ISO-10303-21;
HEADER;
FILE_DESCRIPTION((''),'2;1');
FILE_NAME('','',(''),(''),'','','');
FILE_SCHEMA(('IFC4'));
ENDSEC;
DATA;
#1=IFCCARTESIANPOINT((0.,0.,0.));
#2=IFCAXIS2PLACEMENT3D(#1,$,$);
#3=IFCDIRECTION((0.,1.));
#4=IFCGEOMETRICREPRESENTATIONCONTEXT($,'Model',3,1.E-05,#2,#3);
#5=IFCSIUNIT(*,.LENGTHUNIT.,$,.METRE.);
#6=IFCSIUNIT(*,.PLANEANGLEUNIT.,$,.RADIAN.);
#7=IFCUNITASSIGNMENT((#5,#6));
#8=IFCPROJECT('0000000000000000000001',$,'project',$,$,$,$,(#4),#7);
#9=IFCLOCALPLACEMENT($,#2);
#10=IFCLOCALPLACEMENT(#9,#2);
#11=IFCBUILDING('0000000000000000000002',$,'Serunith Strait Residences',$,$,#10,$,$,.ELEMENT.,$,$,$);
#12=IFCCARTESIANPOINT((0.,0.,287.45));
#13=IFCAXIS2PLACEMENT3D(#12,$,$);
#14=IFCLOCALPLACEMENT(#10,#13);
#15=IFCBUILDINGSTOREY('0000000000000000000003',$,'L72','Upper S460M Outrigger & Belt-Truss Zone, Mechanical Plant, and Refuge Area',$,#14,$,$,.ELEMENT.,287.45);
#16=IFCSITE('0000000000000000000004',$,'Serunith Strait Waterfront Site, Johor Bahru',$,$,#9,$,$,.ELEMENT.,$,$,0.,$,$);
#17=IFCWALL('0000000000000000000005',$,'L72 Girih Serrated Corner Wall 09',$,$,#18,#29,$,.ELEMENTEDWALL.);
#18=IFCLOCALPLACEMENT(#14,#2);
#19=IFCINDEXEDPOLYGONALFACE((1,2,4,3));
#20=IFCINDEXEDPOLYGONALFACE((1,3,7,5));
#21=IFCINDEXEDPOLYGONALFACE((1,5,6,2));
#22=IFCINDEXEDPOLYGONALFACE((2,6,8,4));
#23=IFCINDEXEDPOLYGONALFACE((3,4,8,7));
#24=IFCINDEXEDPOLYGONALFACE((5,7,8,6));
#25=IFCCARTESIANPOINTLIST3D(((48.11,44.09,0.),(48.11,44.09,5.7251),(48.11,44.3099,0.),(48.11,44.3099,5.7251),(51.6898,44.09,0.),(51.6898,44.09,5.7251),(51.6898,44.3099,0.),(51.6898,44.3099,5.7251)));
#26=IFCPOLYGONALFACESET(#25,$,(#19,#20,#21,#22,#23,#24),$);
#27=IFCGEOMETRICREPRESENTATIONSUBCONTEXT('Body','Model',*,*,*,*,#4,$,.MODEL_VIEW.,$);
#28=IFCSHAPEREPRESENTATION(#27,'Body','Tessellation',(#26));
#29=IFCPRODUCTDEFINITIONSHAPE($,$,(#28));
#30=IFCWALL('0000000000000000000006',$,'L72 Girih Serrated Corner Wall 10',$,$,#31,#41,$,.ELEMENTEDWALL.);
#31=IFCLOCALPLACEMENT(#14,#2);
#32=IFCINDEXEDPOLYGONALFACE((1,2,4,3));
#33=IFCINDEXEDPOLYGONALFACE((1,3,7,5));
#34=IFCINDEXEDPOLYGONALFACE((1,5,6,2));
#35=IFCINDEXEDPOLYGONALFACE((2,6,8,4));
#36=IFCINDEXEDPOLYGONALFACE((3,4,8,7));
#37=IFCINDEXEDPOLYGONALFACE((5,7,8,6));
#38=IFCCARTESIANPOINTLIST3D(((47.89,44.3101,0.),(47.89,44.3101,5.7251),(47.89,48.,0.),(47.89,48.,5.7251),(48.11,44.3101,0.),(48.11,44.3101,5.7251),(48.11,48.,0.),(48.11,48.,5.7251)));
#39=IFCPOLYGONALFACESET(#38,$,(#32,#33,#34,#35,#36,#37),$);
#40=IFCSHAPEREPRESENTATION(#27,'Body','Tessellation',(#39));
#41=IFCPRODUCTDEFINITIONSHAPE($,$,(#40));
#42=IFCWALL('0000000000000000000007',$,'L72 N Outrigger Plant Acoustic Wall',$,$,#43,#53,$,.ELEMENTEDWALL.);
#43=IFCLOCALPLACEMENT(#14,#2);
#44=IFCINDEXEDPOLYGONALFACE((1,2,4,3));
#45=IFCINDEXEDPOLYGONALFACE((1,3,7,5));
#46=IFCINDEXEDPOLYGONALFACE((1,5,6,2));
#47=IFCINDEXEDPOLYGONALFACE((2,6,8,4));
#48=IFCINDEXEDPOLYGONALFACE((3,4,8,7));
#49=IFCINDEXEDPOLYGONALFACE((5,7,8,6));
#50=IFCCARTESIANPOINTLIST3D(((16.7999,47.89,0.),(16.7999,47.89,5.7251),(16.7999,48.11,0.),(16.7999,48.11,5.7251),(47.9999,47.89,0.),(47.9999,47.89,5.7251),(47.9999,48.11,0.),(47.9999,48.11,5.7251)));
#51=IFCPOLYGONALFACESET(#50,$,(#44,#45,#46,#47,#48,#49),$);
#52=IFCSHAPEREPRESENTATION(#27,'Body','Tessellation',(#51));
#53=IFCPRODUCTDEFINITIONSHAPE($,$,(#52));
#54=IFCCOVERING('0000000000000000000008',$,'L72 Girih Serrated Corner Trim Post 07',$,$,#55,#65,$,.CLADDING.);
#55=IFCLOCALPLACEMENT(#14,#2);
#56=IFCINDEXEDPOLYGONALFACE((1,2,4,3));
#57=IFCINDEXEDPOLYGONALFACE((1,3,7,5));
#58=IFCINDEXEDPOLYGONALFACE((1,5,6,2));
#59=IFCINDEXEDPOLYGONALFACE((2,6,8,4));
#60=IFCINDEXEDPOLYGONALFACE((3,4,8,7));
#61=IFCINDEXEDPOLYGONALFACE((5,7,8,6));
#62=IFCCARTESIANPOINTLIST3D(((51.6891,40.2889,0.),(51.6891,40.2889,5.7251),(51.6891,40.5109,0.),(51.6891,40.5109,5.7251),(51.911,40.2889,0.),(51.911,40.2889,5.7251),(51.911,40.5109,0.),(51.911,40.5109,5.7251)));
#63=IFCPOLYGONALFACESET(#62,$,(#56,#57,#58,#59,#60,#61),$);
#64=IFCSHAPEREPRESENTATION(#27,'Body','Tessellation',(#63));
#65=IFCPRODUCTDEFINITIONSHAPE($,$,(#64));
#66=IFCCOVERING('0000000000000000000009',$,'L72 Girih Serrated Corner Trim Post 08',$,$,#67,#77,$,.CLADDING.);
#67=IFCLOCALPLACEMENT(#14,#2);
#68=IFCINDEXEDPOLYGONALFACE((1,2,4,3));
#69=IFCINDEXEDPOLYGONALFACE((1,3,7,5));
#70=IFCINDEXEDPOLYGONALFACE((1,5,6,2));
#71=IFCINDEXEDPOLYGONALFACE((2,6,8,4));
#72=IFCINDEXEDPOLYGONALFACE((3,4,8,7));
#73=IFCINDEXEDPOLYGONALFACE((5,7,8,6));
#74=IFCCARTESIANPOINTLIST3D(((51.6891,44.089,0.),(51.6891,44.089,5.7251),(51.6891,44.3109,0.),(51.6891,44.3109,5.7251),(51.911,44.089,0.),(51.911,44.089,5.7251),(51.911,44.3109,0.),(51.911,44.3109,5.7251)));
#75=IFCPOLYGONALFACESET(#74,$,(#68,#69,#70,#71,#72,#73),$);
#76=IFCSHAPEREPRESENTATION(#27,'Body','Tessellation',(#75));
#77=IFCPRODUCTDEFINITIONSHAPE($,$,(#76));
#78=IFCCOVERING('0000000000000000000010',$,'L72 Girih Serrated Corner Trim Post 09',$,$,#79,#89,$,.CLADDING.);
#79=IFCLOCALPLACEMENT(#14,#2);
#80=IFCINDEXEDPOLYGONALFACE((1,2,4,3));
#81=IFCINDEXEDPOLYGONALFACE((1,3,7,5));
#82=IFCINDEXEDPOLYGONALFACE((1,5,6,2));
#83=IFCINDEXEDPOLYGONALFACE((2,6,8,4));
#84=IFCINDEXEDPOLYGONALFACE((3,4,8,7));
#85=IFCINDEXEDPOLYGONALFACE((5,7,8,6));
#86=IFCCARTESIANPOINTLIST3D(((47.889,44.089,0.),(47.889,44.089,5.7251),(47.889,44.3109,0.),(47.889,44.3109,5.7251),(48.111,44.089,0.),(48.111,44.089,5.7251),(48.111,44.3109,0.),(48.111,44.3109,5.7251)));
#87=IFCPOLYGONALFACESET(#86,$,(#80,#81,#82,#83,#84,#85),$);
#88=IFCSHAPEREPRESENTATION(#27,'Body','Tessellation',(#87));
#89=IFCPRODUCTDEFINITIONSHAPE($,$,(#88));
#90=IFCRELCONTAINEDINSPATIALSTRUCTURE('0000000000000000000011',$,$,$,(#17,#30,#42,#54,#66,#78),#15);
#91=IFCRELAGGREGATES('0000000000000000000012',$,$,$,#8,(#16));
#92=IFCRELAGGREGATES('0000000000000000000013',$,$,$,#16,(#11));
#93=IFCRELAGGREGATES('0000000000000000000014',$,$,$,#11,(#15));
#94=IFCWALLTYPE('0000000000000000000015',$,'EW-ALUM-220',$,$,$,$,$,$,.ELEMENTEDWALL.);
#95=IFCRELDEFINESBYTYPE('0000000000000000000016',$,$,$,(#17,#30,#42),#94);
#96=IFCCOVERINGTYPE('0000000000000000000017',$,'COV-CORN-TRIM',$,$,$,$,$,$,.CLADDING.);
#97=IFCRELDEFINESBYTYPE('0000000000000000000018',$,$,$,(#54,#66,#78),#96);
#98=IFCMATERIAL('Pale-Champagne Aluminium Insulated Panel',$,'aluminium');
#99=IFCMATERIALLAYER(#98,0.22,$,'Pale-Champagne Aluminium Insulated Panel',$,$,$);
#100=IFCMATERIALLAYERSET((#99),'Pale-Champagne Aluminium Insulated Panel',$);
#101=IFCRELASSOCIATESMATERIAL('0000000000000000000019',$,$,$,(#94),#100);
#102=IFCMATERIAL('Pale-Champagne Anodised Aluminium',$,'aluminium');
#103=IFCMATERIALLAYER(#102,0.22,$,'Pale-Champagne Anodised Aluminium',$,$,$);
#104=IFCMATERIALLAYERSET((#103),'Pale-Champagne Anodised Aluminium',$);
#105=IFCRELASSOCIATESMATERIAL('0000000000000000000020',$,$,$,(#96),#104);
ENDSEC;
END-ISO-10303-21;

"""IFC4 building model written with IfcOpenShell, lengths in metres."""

from ifc_helpers import new_model, si_unit, direction, frame, frame_2d, origin, origin_2d, place, context, subcontext, project, spatial, rectangle, extrude, source, transform, mapped, material, layer, layer_set, type_object, element, save


model = new_model("IFC4")

# Units and contexts
model_context = context("Model", 3, precision=1e-05, world=origin(), true_north=direction((0.0, 1.0)))
body_context = subcontext(model_context, "Body", "Model", "MODEL_VIEW")
ifc_project = project(units=[si_unit("LENGTHUNIT", "METRE"), si_unit("PLANEANGLEUNIT", "RADIAN")], contexts=[model_context])

# Site, building, storey
site_placement = place(None, origin())
site = spatial("IfcSite", under=ifc_project, at=site_placement, Name="Serunith Strait Waterfront Site, Johor Bahru", CompositionType="ELEMENT", RefElevation=0.0)
building_placement = place(site_placement, origin())
building = spatial("IfcBuilding", under=site, at=building_placement, Name="Serunith Strait Residences", CompositionType="ELEMENT")
storey_placement = place(building_placement, frame((0.0, 0.0, 287.45)))
storey = spatial("IfcBuildingStorey", under=building, at=storey_placement, Name="L72", Description="Upper S460M Outrigger & Belt-Truss Zone, Mechanical Plant, and Refuge Area", CompositionType="ELEMENT", Elevation=287.45)

# Walls
ifc_material_1 = material(Name="Pale-Champagne Aluminium Insulated Panel", Category="aluminium")
ifc_layer_1 = layer(ifc_material_1, 0.22, Name="Pale-Champagne Aluminium Insulated Panel")
ifc_layer_set_1 = layer_set([ifc_layer_1], Name="Pale-Champagne Aluminium Insulated Panel")
wall_type = type_object("IfcWallType", Name="EW-ALUM-220", PredefinedType="ELEMENTEDWALL", material=ifc_layer_set_1)
wall_1_placement = place(storey_placement, frame((51.6899, 44.2, 0.0), z_axis=(0.0, 0.0, 1.0), x_axis=(-1.0, 0.0, 0.0)))
element("IfcWall", 1, at=wall_1_placement, inside=storey, type_object=wall_type, Name="L72 Girih Serrated Corner Wall 09", PredefinedType="ELEMENTEDWALL", context=body_context, shape_type="SweptSolid", body=[
    extrude(rectangle(XDim=3.5798, YDim=0.22, at=frame_2d((1.79, 0.0))), origin(), (0.0, 0.0, 1.0), 5.7251),
])
wall_2_placement = place(storey_placement, frame((48.0, 44.3101, 0.0), z_axis=(0.0, 0.0, 1.0), x_axis=(0.0, 1.0, 0.0)))
element("IfcWall", 2, at=wall_2_placement, inside=storey, type_object=wall_type, Name="L72 Girih Serrated Corner Wall 10", PredefinedType="ELEMENTEDWALL", context=body_context, shape_type="SweptSolid", body=[
    extrude(rectangle(XDim=3.6899, YDim=0.22, at=frame_2d((1.845, 0.0))), origin(), (0.0, 0.0, 1.0), 5.7251),
])
wall_3_placement = place(storey_placement, frame((48.0, 48.0, 0.0), z_axis=(0.0, 0.0, 1.0), x_axis=(-1.0, 0.0, 0.0)))
element("IfcWall", 3, at=wall_3_placement, inside=storey, type_object=wall_type, Name="L72 N Outrigger Plant Acoustic Wall", PredefinedType="ELEMENTEDWALL", context=body_context, shape_type="SweptSolid", body=[
    extrude(rectangle(XDim=31.2, YDim=0.22, at=frame_2d((15.6001, 0.0))), origin(), (0.0, 0.0, 1.0), 5.7251),
])

# Coverings
ifc_material_2 = material(Name="Pale-Champagne Anodised Aluminium", Category="aluminium")
ifc_layer_2 = layer(ifc_material_2, 0.22, Name="Pale-Champagne Anodised Aluminium")
ifc_layer_set_2 = layer_set([ifc_layer_2], Name="Pale-Champagne Anodised Aluminium")
covering_type = type_object("IfcCoveringType", Name="COV-CORN-TRIM", PredefinedType="CLADDING", material=ifc_layer_set_2)
shared_shape_1 = source(origin(), body_context, "Body", "SweptSolid", [
    extrude(rectangle(XDim=0.2219, YDim=0.2219, at=origin_2d()), origin(), (0.0, 0.0, 1.0), 5.7251),
])
for number, where, z_axis, x_axis, name in (
    (4, (51.8, 40.3999, 0.0), (0.0, 0.0, 1.0), (1.0, 0.0, 0.0), "L72 Girih Serrated Corner Trim Post 07"),
    (5, (51.8, 44.2, 0.0), (0.0, 0.0, 1.0), (1.0, 0.0, 0.0), "L72 Girih Serrated Corner Trim Post 08"),
    (6, (48.0, 44.2, 0.0), (0.0, 0.0, 1.0), (1.0, 0.0, 0.0), "L72 Girih Serrated Corner Trim Post 09"),
):
    element("IfcCovering", number, at=place(storey_placement, frame(where, z_axis=z_axis, x_axis=x_axis)), inside=storey, type_object=covering_type, Name=name, PredefinedType="CLADDING", context=body_context, shape_type="MappedRepresentation", body=[
        mapped(shared_shape_1, transform((0.0, 0.0, 0.0), scale=1.0)),
    ])

save(model, "model.ifc")
